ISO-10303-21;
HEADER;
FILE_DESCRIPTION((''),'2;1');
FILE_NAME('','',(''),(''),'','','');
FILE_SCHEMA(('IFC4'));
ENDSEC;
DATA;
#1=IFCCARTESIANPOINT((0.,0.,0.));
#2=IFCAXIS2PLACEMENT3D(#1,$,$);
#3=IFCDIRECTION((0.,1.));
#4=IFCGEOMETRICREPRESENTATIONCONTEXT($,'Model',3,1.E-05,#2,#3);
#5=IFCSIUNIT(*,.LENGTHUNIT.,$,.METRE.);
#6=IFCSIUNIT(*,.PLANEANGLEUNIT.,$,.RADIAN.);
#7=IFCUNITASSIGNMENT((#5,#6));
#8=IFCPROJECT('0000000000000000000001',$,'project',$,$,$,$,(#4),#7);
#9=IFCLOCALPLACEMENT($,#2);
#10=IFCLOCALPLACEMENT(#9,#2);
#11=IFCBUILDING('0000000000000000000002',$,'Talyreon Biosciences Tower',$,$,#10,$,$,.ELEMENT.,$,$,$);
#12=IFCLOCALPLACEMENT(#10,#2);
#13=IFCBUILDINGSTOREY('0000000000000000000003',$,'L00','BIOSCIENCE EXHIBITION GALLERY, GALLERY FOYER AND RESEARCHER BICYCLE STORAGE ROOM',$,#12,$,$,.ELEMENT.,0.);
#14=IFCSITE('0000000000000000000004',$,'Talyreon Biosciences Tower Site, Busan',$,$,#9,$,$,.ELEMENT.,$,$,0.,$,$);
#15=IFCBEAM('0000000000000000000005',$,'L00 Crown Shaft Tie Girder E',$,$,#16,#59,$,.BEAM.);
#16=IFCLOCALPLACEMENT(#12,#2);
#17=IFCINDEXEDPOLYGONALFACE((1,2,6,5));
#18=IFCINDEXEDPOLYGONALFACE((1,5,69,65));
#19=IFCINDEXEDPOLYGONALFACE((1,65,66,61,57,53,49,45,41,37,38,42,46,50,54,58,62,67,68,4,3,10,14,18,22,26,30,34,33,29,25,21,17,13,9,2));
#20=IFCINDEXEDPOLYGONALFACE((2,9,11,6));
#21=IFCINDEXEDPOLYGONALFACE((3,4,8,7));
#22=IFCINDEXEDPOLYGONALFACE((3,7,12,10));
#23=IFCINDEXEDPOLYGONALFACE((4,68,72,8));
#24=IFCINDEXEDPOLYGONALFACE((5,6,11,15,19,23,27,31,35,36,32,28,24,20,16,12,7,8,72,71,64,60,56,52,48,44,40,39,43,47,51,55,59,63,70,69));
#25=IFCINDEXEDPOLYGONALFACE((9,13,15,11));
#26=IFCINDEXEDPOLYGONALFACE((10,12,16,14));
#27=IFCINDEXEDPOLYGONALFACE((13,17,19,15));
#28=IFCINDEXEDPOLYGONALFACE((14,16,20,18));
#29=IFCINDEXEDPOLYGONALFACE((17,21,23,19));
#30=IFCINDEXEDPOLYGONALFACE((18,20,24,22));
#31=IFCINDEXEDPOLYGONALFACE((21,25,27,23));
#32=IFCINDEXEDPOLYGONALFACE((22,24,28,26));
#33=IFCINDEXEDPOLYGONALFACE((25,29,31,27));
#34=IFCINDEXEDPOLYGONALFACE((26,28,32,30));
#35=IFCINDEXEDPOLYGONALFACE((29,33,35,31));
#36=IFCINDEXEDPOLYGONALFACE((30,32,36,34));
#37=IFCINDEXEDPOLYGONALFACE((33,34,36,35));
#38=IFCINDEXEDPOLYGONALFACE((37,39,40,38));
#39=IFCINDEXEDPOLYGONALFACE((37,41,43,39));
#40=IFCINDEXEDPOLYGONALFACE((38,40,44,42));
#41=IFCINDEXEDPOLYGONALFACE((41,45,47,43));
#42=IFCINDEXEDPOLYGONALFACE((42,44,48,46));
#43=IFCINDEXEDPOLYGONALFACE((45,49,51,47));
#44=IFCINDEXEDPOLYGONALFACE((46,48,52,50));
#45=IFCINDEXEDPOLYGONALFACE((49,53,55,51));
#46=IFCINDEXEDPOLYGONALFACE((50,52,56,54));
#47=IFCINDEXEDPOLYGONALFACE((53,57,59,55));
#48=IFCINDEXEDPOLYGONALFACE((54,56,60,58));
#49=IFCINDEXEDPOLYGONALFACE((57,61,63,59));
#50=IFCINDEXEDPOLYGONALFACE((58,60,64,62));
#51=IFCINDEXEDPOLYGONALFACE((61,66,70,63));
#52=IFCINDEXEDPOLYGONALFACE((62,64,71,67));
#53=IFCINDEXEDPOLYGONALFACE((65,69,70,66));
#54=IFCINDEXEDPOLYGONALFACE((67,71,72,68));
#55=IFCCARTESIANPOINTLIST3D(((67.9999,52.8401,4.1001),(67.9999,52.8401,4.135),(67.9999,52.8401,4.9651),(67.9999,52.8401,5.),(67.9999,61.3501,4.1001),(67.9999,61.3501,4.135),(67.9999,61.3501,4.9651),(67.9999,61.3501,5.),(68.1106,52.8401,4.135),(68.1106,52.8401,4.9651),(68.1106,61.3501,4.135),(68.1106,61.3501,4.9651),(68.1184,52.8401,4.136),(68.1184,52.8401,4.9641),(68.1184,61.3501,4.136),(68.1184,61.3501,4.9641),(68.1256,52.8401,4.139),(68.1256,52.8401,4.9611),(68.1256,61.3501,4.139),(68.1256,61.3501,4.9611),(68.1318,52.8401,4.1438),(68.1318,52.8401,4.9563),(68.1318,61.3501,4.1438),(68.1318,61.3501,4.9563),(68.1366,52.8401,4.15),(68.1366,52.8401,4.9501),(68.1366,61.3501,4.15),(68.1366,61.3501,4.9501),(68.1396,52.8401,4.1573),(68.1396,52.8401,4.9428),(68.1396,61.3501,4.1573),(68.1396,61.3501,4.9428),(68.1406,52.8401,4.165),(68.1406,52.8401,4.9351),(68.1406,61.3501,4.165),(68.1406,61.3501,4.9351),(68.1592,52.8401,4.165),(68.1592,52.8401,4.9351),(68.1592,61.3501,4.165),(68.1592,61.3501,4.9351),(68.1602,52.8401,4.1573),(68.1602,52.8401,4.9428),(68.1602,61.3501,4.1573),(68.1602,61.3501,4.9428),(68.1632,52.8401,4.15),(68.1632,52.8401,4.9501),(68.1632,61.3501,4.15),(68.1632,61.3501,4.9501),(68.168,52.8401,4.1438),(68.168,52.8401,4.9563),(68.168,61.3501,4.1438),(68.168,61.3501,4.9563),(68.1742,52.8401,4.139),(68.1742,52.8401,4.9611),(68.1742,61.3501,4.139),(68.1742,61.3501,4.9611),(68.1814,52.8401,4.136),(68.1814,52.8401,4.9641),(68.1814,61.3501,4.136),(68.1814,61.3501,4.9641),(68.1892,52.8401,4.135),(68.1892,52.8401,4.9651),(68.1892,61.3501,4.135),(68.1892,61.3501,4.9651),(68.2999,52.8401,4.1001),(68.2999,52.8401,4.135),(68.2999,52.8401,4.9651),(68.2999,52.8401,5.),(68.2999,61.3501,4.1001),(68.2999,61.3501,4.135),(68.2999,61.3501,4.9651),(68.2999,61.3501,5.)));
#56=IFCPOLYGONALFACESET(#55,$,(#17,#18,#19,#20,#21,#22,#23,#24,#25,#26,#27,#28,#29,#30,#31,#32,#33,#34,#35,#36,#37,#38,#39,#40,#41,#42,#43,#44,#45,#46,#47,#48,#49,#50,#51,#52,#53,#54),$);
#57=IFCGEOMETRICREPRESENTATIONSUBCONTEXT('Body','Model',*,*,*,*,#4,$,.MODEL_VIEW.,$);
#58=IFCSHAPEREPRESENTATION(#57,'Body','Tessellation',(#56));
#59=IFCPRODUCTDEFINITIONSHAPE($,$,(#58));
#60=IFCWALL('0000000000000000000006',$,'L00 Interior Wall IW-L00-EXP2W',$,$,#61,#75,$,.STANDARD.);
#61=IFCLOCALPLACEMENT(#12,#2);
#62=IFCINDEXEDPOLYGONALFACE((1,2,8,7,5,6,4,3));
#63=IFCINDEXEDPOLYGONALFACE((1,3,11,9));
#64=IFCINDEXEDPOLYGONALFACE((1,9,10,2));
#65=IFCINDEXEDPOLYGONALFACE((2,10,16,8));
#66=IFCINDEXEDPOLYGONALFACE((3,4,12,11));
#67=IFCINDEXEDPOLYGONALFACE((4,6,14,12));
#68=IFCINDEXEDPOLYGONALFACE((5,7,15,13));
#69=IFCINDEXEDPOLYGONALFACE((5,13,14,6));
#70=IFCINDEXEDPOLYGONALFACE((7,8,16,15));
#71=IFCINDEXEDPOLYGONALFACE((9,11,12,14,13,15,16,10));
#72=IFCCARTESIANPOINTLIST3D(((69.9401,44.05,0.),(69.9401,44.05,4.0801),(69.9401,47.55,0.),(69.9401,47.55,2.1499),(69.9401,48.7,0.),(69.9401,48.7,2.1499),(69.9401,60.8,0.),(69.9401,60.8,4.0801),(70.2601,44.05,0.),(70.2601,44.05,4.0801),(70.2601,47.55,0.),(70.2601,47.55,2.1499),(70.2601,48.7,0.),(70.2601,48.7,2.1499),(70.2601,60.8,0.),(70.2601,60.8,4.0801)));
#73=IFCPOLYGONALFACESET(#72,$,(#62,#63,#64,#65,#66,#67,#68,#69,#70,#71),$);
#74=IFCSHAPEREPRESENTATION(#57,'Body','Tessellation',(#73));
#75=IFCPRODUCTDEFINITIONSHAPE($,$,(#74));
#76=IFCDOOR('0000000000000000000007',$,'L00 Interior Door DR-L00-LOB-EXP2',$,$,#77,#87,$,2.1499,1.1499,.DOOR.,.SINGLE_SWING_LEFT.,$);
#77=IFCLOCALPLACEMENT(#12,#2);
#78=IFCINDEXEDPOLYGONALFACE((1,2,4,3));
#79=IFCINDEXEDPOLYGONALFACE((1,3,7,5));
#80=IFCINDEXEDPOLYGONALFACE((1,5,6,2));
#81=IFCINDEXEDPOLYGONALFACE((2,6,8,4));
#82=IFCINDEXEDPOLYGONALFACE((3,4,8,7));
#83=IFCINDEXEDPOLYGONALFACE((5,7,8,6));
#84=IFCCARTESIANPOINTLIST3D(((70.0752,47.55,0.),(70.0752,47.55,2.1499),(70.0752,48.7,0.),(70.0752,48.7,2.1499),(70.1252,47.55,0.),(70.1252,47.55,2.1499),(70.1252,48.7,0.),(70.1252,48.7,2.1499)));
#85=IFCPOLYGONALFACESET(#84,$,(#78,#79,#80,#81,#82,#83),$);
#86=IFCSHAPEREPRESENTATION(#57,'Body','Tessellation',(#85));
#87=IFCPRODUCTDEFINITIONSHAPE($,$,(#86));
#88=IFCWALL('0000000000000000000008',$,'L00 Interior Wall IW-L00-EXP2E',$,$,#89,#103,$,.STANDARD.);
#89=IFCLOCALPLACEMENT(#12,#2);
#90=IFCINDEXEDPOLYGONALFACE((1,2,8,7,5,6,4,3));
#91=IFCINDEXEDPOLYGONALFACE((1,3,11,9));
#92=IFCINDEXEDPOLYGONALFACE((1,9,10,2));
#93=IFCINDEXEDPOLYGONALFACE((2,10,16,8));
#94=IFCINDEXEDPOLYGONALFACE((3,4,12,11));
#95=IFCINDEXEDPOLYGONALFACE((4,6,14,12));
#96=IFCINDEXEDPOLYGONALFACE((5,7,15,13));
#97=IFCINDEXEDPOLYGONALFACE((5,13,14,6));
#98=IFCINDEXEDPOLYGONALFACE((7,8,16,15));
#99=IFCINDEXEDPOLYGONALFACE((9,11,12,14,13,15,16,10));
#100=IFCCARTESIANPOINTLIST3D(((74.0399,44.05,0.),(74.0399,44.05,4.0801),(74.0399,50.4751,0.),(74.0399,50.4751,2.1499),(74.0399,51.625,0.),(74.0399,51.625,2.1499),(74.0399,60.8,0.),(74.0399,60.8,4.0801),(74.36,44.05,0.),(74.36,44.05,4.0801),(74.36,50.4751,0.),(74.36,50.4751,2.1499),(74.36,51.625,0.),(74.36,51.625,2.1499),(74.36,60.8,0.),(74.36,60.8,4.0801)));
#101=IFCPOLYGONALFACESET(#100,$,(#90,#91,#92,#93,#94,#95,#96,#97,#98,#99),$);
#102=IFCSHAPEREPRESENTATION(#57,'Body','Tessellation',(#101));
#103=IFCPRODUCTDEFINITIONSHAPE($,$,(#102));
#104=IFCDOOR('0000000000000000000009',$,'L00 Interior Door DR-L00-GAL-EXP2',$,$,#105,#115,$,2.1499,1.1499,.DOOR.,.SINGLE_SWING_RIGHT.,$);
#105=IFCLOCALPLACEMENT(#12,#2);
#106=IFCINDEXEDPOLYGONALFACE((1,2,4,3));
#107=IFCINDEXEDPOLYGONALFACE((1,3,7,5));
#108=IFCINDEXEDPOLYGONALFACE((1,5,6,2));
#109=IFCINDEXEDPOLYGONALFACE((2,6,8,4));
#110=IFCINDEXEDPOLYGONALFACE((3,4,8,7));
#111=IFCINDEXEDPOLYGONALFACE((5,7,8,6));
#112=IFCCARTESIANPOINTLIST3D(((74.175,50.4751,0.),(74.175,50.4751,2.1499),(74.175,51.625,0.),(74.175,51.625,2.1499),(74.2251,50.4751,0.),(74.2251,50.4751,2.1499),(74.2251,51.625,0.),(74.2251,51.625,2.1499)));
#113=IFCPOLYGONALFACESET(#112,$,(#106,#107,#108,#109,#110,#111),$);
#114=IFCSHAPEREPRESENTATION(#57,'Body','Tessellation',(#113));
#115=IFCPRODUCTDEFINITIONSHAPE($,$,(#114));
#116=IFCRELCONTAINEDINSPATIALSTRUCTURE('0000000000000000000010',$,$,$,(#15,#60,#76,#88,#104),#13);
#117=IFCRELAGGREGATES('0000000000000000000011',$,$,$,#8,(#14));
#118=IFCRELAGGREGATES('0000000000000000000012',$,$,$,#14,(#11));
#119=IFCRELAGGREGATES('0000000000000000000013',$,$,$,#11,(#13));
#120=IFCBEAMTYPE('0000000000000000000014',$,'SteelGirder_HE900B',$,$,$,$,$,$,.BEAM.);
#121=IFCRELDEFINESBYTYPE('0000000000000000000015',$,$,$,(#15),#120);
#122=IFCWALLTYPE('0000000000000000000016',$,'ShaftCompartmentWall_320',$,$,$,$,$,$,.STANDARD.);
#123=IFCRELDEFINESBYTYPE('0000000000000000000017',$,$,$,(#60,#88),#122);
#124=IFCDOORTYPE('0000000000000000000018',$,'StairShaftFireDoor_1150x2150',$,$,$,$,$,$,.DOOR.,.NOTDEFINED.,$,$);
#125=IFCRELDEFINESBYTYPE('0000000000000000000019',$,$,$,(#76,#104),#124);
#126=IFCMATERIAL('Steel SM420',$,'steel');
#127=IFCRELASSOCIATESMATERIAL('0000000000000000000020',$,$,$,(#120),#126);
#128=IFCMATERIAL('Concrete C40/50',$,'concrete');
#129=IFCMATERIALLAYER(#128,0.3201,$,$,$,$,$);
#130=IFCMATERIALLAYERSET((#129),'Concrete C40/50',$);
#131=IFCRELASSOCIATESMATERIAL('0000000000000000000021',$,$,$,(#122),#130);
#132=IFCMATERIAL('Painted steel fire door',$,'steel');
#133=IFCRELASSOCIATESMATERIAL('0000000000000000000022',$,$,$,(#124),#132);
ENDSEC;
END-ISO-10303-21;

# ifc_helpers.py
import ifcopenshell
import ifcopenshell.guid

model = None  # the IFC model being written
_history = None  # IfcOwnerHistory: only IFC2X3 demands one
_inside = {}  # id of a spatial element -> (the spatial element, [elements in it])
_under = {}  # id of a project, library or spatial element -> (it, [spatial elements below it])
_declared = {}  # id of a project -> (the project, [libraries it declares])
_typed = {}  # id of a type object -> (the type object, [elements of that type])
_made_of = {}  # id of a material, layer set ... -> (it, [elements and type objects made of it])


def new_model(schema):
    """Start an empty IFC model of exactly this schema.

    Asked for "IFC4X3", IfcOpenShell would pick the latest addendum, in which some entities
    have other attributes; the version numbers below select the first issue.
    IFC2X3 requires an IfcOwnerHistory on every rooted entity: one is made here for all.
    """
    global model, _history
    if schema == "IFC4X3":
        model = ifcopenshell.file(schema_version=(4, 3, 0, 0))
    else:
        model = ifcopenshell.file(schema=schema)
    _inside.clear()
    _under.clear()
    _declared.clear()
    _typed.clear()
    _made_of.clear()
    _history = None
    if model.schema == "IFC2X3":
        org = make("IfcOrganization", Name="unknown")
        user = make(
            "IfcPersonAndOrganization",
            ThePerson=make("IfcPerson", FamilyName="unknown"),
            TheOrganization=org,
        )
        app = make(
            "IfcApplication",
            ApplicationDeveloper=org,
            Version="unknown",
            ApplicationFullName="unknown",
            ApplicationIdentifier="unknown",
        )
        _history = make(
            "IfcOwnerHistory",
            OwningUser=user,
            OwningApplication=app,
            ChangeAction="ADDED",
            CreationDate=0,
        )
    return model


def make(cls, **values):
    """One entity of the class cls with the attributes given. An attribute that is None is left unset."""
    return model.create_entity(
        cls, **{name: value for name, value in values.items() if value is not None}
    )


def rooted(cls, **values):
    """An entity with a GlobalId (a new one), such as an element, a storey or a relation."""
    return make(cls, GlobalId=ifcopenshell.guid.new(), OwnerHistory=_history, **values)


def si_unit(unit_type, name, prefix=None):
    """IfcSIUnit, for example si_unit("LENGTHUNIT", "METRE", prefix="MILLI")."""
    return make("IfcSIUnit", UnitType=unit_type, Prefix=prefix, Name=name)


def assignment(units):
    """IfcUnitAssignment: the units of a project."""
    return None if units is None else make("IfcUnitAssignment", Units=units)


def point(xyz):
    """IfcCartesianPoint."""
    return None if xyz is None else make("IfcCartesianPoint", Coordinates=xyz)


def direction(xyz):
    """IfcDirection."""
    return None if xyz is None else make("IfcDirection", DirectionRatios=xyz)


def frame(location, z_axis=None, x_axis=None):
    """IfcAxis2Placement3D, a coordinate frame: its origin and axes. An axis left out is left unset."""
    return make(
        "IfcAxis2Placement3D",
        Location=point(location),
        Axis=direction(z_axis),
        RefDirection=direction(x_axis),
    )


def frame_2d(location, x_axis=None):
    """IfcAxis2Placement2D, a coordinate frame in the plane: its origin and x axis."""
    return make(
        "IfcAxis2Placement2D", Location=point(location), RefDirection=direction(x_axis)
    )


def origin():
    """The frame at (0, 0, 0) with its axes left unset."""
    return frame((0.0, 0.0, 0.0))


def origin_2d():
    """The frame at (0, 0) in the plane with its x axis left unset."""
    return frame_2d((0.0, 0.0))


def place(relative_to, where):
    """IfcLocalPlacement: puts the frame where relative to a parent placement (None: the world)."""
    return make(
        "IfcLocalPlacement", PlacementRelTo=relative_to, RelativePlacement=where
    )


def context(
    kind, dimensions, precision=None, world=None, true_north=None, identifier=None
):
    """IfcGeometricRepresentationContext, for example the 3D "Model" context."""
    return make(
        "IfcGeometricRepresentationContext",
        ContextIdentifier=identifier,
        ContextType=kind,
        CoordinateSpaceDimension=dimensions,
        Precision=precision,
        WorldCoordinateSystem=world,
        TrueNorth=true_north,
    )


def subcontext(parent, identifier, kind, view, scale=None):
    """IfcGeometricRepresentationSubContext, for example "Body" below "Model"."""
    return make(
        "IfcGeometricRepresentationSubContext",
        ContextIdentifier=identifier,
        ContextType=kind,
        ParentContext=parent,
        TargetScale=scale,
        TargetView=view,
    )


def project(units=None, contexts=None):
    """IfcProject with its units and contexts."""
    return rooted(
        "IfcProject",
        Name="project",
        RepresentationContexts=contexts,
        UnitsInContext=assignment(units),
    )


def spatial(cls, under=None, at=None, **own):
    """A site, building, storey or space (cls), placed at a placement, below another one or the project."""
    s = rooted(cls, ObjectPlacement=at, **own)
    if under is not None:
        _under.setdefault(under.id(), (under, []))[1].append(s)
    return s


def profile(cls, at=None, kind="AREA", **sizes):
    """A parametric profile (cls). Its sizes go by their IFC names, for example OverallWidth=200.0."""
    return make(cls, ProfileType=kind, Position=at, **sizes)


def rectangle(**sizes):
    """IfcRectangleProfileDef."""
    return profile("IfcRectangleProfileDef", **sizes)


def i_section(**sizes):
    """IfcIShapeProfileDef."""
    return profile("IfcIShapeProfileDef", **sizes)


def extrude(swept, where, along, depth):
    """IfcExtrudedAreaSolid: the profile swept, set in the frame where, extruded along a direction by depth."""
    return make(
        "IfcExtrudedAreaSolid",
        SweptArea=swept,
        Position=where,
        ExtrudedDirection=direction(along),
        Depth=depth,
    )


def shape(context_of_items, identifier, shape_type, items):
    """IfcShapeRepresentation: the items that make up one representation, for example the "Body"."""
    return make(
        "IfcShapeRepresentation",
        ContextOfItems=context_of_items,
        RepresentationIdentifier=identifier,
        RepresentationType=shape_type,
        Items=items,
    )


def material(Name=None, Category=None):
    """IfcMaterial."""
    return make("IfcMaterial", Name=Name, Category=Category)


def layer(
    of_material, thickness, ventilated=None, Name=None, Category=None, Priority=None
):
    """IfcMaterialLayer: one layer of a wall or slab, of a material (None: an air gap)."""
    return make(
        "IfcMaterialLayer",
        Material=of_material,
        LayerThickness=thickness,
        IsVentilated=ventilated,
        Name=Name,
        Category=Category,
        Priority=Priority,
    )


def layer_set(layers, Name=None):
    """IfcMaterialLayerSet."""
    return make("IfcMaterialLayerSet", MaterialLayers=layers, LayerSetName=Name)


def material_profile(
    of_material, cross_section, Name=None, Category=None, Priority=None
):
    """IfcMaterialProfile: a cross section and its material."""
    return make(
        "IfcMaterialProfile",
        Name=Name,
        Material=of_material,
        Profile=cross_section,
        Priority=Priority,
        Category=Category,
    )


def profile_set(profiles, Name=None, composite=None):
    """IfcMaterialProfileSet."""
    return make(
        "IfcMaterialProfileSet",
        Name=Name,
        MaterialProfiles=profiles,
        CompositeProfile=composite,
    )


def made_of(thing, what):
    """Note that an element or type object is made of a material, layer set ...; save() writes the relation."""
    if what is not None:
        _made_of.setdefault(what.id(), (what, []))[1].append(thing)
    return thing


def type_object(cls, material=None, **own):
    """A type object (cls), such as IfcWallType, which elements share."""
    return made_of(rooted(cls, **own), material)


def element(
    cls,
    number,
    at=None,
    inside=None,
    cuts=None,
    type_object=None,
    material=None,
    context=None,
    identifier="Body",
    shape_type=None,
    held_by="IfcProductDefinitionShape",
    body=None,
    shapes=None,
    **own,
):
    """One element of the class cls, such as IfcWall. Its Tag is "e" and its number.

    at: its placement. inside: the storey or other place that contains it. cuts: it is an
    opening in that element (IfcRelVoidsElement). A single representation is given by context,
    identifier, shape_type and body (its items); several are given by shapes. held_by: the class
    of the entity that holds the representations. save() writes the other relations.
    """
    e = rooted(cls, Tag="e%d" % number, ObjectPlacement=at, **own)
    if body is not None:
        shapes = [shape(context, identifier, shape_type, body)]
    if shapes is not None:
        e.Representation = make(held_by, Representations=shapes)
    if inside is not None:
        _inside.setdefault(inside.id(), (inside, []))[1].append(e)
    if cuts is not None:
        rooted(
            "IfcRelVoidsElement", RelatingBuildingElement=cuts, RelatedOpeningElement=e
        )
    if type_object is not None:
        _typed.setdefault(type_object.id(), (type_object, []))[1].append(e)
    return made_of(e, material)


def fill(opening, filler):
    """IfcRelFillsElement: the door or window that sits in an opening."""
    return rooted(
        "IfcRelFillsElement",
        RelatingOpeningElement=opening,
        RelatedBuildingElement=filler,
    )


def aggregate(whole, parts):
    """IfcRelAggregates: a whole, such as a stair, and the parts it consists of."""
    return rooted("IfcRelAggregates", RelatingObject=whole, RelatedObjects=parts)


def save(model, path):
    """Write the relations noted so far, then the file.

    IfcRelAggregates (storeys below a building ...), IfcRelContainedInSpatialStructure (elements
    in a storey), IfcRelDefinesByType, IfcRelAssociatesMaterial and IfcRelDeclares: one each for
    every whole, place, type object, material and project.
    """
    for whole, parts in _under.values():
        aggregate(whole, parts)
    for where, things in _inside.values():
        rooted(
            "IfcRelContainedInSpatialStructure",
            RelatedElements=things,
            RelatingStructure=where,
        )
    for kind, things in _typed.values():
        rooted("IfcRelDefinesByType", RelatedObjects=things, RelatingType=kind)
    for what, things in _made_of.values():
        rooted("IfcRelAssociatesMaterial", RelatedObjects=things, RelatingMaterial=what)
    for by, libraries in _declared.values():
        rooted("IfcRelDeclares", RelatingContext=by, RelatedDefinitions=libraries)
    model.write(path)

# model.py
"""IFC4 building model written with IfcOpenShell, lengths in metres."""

from ifc_helpers import new_model, si_unit, direction, frame, frame_2d, origin, origin_2d, place, context, subcontext, project, spatial, rectangle, i_section, extrude, material, layer, layer_set, material_profile, profile_set, type_object, element, fill, save


model = new_model("IFC4")

# Units and contexts
model_context = context("Model", 3, precision=1e-05, world=origin(), true_north=direction((0.0, 1.0)))
body_context = subcontext(model_context, "Body", "Model", "MODEL_VIEW")
ifc_project = project(units=[si_unit("LENGTHUNIT", "METRE"), si_unit("PLANEANGLEUNIT", "RADIAN")], contexts=[model_context])

# Site, building, storey
site_placement = place(None, origin())
site = spatial("IfcSite", under=ifc_project, at=site_placement, Name="Talyreon Biosciences Tower Site, Busan", CompositionType="ELEMENT", RefElevation=0.0)
building_placement = place(site_placement, origin())
building = spatial("IfcBuilding", under=site, at=building_placement, Name="Talyreon Biosciences Tower", CompositionType="ELEMENT")
storey_placement = place(building_placement, origin())
storey = spatial("IfcBuildingStorey", under=building, at=storey_placement, Name="L00", Description="BIOSCIENCE EXHIBITION GALLERY, GALLERY FOYER AND RESEARCHER BICYCLE STORAGE ROOM", CompositionType="ELEMENT", Elevation=0.0)

# Beam
ifc_material_1 = material(Name="Steel SM420", Category="steel")
ifc_material_profile_1 = material_profile(ifc_material_1, i_section(OverallWidth=0.3, OverallDepth=0.8999, WebThickness=0.0186, FlangeThickness=0.0349, FilletRadius=0.03, at=origin_2d()), Name="HE900B")
ifc_profile_set_1 = profile_set([ifc_material_profile_1], Name="Steel SM420")
beam_type_1 = type_object("IfcBeamType", Name="SteelGirder_HE900B", PredefinedType="BEAM", material=ifc_profile_set_1)
beam_1_placement = place(storey_placement, frame((68.1499, 52.8401, 4.55), z_axis=(0.0, 1.0, 0.0), x_axis=(-1.0, 0.0, 0.0)))
element("IfcBeam", 1, at=beam_1_placement, inside=storey, type_object=beam_type_1, Name="L00 Crown Shaft Tie Girder E", PredefinedType="BEAM", context=body_context, shape_type="SweptSolid", body=[
    extrude(i_section(OverallWidth=0.3, OverallDepth=0.8999, WebThickness=0.0186, FlangeThickness=0.0349, FilletRadius=0.03, at=origin_2d()), origin(), (0.0, 0.0, 1.0), 8.51),
])

# Walls, openings, doors
ifc_material_2 = material(Name="Concrete C40/50", Category="concrete")
ifc_layer = layer(ifc_material_2, 0.3201)
ifc_layer_set = layer_set([ifc_layer], Name="Concrete C40/50")
wall_type = type_object("IfcWallType", Name="ShaftCompartmentWall_320", PredefinedType="STANDARD", material=ifc_layer_set)
wall_1_placement = place(storey_placement, frame((70.1001, 44.05, 0.0), z_axis=(0.0, 0.0, 1.0), x_axis=(0.0, 1.0, 0.0)))
wall_1 = element("IfcWall", 2, at=wall_1_placement, inside=storey, type_object=wall_type, Name="L00 Interior Wall IW-L00-EXP2W", PredefinedType="STANDARD", context=body_context, shape_type="SweptSolid", body=[
    extrude(rectangle(XDim=16.75, YDim=0.3201, at=frame_2d((8.375, 0.0))), origin(), (0.0, 0.0, 1.0), 4.0801),
])
opening_1_placement = place(wall_1_placement, frame((3.5, 0.0, 0.0)))
opening_1 = element("IfcOpeningElement", 3, at=opening_1_placement, cuts=wall_1, PredefinedType="OPENING", context=body_context, shape_type="SweptSolid", body=[
    extrude(rectangle(XDim=1.1499, YDim=2.1499, at=frame_2d((0.575, 1.075))), frame((0.0, 0.1699, 0.0), z_axis=(0.0, -1.0, 0.0), x_axis=(1.0, 0.0, 0.0)), (0.0, 0.0, 1.0), 0.3401),
])
ifc_material_3 = material(Name="Painted steel fire door", Category="steel")
door_type = type_object("IfcDoorType", Name="StairShaftFireDoor_1150x2150", OperationType="NOTDEFINED", PredefinedType="DOOR", material=ifc_material_3)
door_1_placement = place(opening_1_placement, origin())
door_1 = element("IfcDoor", 4, at=door_1_placement, inside=storey, type_object=door_type, Name="L00 Interior Door DR-L00-LOB-EXP2", OperationType="SINGLE_SWING_LEFT", OverallHeight=2.1499, OverallWidth=1.1499, PredefinedType="DOOR", context=body_context, shape_type="SweptSolid", body=[
    extrude(rectangle(XDim=1.1499, YDim=2.1499, at=frame_2d((0.575, 1.075))), frame((0.0, 0.0249, 0.0), z_axis=(0.0, -1.0, 0.0), x_axis=(1.0, 0.0, 0.0)), (0.0, 0.0, 1.0), 0.05),
])
fill(opening_1, door_1)
wall_2_placement = place(storey_placement, frame((74.2, 44.05, 0.0), z_axis=(0.0, 0.0, 1.0), x_axis=(0.0, 1.0, 0.0)))
wall_2 = element("IfcWall", 5, at=wall_2_placement, inside=storey, type_object=wall_type, Name="L00 Interior Wall IW-L00-EXP2E", PredefinedType="STANDARD", context=body_context, shape_type="SweptSolid", body=[
    extrude(rectangle(XDim=16.75, YDim=0.3201, at=frame_2d((8.375, 0.0))), origin(), (0.0, 0.0, 1.0), 4.0801),
])
opening_2_placement = place(wall_2_placement, frame((6.425, 0.0, 0.0)))
opening_2 = element("IfcOpeningElement", 6, at=opening_2_placement, cuts=wall_2, PredefinedType="OPENING", context=body_context, shape_type="SweptSolid", body=[
    extrude(rectangle(XDim=1.1499, YDim=2.1499, at=frame_2d((0.575, 1.075))), frame((0.0, 0.1699, 0.0), z_axis=(0.0, -1.0, 0.0), x_axis=(1.0, 0.0, 0.0)), (0.0, 0.0, 1.0), 0.3401),
])
door_2_placement = place(opening_2_placement, origin())
door_2 = element("IfcDoor", 7, at=door_2_placement, inside=storey, type_object=door_type, Name="L00 Interior Door DR-L00-GAL-EXP2", OperationType="SINGLE_SWING_RIGHT", OverallHeight=2.1499, OverallWidth=1.1499, PredefinedType="DOOR", context=body_context, shape_type="SweptSolid", body=[
    extrude(rectangle(XDim=1.1499, YDim=2.1499, at=frame_2d((0.575, 1.075))), frame((0.0, 0.0249, 0.0), z_axis=(0.0, -1.0, 0.0), x_axis=(1.0, 0.0, 0.0)), (0.0, 0.0, 1.0), 0.05),
])
fill(opening_2, door_2)

save(model, "model.ifc")
